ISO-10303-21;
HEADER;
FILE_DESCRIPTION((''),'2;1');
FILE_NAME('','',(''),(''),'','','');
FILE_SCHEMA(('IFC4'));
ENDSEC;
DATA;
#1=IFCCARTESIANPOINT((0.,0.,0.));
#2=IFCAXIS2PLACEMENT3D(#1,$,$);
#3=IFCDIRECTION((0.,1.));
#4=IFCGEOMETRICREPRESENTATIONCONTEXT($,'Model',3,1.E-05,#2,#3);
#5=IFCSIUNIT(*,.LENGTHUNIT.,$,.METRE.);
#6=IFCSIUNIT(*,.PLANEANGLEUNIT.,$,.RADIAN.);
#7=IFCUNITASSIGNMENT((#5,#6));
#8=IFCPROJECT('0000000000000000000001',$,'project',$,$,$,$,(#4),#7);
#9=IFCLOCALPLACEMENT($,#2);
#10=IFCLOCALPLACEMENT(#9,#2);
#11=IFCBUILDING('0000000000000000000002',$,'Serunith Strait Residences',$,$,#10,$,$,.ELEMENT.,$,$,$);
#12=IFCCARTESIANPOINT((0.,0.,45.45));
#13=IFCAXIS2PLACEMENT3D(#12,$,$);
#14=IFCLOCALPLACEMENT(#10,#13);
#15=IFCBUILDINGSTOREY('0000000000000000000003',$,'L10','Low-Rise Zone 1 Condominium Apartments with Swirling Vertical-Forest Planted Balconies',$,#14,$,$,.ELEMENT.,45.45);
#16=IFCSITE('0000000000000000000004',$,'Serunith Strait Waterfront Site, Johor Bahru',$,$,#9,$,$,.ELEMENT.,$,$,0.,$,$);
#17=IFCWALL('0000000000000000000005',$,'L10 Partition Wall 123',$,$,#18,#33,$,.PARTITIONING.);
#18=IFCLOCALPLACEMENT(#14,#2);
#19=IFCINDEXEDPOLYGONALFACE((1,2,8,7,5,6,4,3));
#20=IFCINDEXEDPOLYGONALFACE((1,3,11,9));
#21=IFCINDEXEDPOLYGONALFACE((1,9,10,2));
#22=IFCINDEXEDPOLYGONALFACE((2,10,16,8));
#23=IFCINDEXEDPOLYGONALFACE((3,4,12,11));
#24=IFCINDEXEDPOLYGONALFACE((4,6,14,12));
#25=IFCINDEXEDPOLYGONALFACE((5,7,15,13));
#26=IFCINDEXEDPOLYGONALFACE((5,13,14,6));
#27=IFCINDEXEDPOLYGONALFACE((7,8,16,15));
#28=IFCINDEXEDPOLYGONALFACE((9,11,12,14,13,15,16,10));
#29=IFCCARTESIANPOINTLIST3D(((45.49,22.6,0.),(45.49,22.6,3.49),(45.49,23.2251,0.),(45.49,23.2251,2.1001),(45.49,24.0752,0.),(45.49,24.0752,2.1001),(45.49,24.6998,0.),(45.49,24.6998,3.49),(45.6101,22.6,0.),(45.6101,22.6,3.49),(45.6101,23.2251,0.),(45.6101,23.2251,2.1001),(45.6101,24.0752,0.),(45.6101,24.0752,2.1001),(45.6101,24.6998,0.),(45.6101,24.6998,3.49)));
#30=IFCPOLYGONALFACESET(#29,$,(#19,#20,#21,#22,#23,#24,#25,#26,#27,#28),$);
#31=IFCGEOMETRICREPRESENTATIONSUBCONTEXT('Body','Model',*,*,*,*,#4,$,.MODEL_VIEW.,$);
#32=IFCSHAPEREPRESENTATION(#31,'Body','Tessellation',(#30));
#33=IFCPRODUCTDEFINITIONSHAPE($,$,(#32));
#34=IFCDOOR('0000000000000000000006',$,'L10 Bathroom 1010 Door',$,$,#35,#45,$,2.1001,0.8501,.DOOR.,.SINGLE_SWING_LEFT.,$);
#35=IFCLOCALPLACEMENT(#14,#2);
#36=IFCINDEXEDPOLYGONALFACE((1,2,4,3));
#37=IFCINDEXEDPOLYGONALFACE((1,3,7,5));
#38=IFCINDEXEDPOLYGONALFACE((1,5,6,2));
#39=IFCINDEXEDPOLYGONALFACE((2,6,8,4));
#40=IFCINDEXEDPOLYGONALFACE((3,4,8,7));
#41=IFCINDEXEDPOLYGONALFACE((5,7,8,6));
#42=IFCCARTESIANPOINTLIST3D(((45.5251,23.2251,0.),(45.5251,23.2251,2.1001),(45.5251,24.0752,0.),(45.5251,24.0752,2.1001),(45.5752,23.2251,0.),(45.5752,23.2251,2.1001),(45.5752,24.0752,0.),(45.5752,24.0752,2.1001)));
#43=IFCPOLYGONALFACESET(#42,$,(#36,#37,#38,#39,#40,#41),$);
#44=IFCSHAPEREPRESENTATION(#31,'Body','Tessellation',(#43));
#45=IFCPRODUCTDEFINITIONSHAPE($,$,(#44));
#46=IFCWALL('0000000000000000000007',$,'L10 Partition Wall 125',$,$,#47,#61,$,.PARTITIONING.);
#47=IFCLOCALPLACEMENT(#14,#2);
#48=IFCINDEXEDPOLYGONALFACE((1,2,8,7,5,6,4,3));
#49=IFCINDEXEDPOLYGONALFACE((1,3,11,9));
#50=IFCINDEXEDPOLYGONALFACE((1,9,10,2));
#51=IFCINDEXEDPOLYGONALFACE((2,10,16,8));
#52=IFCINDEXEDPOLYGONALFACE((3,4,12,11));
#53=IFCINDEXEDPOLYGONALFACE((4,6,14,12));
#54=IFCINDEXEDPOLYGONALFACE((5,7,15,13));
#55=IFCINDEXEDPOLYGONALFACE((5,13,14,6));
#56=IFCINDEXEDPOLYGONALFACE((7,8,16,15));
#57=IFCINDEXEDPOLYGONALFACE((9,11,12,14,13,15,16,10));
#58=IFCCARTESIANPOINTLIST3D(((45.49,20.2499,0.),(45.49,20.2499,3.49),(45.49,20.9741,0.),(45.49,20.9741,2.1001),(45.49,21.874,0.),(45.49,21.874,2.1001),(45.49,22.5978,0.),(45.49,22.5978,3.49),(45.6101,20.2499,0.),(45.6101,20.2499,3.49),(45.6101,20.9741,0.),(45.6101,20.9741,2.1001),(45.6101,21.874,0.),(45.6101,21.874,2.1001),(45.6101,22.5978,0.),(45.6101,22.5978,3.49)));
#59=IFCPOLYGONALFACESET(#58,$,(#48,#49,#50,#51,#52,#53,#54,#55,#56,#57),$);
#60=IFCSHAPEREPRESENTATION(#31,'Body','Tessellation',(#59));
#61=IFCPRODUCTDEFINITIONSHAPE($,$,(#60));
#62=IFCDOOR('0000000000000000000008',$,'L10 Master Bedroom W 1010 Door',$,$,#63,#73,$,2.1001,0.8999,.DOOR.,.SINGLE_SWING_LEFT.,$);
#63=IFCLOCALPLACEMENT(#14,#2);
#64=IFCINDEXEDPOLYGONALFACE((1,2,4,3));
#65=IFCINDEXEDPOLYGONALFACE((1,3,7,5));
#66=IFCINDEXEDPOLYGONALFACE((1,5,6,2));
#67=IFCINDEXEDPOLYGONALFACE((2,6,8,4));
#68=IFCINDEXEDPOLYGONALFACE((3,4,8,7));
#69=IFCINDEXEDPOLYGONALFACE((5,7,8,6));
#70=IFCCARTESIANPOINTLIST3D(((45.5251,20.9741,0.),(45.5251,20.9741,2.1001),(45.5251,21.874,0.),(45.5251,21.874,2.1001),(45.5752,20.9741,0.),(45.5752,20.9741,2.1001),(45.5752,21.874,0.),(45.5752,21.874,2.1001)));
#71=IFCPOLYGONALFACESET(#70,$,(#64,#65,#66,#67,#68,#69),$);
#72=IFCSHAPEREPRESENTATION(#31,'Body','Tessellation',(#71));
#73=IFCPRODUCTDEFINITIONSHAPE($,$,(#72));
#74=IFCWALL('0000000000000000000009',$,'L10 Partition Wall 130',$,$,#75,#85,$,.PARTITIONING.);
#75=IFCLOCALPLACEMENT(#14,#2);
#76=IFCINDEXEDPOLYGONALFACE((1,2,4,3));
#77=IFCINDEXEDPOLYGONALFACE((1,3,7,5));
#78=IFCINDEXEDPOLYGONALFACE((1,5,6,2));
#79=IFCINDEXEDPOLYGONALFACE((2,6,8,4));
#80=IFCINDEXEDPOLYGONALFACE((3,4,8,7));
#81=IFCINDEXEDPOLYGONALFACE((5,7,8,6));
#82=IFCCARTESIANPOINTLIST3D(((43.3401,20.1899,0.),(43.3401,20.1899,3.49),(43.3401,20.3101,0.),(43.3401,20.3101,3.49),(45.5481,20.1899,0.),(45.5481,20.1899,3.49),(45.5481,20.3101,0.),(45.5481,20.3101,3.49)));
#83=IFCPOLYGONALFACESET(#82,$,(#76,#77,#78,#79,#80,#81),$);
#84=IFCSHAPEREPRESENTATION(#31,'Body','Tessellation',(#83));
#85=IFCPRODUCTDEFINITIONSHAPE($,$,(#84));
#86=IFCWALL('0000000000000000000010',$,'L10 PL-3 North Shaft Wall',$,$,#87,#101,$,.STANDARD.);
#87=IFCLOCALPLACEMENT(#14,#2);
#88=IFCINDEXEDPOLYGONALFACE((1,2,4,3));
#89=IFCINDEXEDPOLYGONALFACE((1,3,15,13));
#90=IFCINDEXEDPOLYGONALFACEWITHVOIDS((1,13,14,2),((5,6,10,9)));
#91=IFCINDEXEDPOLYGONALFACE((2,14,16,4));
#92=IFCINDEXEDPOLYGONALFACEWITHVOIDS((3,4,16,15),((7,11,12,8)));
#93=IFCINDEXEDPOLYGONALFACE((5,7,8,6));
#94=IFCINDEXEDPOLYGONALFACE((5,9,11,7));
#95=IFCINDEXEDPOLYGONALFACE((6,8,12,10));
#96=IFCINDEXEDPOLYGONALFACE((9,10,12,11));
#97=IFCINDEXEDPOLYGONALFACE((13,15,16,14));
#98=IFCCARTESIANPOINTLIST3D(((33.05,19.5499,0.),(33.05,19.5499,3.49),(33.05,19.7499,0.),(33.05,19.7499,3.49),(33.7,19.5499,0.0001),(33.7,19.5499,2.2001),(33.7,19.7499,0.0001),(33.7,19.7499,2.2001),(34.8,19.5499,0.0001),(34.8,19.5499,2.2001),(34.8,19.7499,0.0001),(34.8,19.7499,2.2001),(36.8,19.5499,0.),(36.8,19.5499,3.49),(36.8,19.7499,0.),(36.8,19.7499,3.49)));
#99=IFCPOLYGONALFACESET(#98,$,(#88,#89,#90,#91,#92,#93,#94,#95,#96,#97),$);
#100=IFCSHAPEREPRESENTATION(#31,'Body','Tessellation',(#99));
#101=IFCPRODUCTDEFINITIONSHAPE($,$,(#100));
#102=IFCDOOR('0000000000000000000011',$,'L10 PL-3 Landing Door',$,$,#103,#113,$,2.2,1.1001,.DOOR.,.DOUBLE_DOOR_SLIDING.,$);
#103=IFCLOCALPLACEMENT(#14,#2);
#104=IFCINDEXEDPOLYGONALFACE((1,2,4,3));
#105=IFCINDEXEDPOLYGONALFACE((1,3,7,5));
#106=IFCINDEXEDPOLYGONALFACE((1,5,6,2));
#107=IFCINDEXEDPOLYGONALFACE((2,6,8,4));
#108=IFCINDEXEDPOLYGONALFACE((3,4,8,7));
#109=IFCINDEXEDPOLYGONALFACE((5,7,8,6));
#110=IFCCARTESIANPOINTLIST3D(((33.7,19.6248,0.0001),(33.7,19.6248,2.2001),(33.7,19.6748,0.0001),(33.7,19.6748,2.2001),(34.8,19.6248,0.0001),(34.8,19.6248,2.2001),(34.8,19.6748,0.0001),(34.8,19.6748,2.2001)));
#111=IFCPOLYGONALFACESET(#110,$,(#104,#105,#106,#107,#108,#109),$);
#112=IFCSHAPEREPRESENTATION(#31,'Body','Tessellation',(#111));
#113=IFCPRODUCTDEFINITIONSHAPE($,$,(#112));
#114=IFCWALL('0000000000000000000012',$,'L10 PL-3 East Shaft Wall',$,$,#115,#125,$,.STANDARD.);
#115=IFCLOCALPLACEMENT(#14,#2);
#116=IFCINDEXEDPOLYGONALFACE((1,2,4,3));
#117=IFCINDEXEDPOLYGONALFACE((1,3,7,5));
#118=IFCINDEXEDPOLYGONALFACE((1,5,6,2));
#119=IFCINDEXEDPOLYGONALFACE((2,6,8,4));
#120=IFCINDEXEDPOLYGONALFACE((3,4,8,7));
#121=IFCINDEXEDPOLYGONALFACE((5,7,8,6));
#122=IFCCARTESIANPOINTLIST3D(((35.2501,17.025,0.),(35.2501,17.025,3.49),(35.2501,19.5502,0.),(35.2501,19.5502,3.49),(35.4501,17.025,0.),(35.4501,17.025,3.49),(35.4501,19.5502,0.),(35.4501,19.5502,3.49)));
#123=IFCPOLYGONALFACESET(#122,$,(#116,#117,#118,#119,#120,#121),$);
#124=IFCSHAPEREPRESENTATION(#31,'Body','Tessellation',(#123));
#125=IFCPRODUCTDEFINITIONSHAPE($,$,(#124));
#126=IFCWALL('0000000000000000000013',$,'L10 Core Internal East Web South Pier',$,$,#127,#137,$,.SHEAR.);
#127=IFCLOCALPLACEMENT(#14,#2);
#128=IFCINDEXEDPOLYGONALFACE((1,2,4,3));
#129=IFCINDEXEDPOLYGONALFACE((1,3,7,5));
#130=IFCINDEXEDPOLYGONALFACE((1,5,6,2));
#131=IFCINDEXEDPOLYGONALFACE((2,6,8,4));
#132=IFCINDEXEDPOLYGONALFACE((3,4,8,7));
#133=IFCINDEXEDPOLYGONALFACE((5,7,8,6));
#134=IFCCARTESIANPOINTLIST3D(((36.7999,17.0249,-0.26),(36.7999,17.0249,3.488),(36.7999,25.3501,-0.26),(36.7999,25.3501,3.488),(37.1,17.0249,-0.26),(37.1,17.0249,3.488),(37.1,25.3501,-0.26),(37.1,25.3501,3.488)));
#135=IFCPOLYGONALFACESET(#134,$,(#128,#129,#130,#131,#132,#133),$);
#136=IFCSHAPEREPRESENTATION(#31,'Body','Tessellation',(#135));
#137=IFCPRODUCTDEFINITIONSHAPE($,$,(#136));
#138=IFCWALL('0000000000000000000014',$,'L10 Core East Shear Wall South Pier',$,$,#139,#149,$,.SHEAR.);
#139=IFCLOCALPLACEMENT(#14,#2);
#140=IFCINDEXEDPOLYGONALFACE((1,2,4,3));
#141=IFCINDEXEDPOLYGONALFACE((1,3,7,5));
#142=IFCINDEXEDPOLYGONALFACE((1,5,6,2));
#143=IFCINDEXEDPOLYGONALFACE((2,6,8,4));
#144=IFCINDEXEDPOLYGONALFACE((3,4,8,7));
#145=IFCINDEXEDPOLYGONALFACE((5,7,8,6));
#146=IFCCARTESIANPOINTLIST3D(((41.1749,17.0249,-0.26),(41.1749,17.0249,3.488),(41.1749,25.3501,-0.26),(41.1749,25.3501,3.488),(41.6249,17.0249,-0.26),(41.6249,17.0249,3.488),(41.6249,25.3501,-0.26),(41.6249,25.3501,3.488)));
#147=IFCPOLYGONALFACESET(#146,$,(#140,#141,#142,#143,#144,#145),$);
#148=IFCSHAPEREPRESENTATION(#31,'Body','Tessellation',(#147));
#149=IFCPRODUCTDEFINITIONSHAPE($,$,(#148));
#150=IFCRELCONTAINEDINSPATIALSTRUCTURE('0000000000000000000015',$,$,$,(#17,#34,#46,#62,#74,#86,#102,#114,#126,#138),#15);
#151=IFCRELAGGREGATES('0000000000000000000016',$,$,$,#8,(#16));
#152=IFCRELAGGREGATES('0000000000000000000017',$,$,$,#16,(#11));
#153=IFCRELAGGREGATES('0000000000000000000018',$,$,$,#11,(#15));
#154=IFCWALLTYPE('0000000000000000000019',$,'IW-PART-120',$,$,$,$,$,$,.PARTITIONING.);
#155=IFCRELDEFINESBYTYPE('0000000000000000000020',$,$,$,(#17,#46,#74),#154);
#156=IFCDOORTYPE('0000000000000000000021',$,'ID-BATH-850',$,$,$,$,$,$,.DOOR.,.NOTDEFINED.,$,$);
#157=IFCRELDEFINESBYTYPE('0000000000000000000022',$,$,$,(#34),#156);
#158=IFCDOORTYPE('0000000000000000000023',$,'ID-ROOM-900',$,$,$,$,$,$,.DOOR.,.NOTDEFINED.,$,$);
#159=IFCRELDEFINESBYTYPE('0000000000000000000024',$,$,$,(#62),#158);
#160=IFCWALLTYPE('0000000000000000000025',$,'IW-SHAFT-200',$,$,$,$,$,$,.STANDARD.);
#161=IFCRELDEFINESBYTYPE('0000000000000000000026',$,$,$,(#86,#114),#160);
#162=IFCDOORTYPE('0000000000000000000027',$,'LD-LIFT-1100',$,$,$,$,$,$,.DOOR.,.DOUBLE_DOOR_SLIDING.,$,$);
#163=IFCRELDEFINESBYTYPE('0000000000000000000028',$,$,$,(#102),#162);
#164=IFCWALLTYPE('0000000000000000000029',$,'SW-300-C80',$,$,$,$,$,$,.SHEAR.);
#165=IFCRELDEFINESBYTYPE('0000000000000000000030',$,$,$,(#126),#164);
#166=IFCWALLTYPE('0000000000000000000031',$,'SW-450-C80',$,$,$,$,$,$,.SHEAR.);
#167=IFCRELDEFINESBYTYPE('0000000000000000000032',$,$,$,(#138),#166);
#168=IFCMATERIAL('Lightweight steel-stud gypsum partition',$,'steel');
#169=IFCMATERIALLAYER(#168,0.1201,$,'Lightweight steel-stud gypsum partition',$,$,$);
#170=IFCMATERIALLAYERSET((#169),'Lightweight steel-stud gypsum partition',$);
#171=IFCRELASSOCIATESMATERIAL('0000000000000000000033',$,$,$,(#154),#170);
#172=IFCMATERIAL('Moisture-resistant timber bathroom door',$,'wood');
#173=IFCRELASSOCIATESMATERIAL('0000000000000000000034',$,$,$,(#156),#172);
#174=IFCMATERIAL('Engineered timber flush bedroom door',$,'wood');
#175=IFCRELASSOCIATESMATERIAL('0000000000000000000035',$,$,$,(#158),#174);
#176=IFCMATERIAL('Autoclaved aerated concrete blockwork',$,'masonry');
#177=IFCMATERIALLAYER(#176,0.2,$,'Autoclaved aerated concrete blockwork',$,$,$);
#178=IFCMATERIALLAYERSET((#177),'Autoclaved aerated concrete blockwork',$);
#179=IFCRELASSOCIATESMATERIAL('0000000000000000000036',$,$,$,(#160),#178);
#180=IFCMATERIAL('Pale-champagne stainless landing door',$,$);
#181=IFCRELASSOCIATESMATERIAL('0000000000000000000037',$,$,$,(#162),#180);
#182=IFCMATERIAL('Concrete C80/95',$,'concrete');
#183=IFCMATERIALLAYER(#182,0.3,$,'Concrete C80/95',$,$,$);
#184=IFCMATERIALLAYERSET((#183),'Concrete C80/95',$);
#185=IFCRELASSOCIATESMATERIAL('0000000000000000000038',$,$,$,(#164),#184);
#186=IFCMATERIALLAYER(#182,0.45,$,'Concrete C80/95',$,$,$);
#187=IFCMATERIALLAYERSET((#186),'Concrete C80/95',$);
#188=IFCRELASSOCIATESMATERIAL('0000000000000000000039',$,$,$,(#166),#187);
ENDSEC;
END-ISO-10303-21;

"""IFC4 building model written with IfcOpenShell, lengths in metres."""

from ifc_helpers import new_model, si_unit, direction, frame, frame_2d, origin, place, context, subcontext, project, spatial, rectangle, extrude, source, transform, mapped, material, layer, layer_set, type_object, element, fill, save


model = new_model("IFC4")

# Units and contexts
model_context = context("Model", 3, precision=1e-05, world=origin(), true_north=direction((0.0, 1.0)))
body_context = subcontext(model_context, "Body", "Model", "MODEL_VIEW")
ifc_project = project(units=[si_unit("LENGTHUNIT", "METRE"), si_unit("PLANEANGLEUNIT", "RADIAN")], contexts=[model_context])

# Site, building, storey
site_placement = place(None, origin())
site = spatial("IfcSite", under=ifc_project, at=site_placement, Name="Serunith Strait Waterfront Site, Johor Bahru", CompositionType="ELEMENT", RefElevation=0.0)
building_placement = place(site_placement, origin())
building = spatial("IfcBuilding", under=site, at=building_placement, Name="Serunith Strait Residences", CompositionType="ELEMENT")
storey_placement = place(building_placement, frame((0.0, 0.0, 45.45)))
storey = spatial("IfcBuildingStorey", under=building, at=storey_placement, Name="L10", Description="Low-Rise Zone 1 Condominium Apartments with Swirling Vertical-Forest Planted Balconies", CompositionType="ELEMENT", Elevation=45.45)

# Walls, openings, doors
ifc_material_1 = material(Name="Lightweight steel-stud gypsum partition", Category="steel")
ifc_layer_1 = layer(ifc_material_1, 0.1201, Name="Lightweight steel-stud gypsum partition")
ifc_layer_set_1 = layer_set([ifc_layer_1], Name="Lightweight steel-stud gypsum partition")
wall_type_1 = type_object("IfcWallType", Name="IW-PART-120", PredefinedType="PARTITIONING", material=ifc_layer_set_1)
wall_1_placement = place(storey_placement, frame((45.55, 22.6001, 0.0), z_axis=(0.0, 0.0, 1.0), x_axis=(0.0, 1.0, 0.0)))
wall_1 = element("IfcWall", 1, at=wall_1_placement, inside=storey, type_object=wall_type_1, Name="L10 Partition Wall 123", PredefinedType="PARTITIONING", context=body_context, shape_type="SweptSolid", body=[
    extrude(rectangle(XDim=2.0999, YDim=0.1201, at=frame_2d((1.0498, 0.0))), origin(), (0.0, 0.0, 1.0), 3.49),
])
opening_1_placement = place(wall_1_placement, frame((0.625, 0.0, 0.0)))
opening_1 = element("IfcOpeningElement", 2, at=opening_1_placement, cuts=wall_1, PredefinedType="OPENING", context=body_context, shape_type="SweptSolid", body=[
    extrude(rectangle(XDim=0.8501, YDim=2.1001, at=frame_2d((0.425, 1.05))), frame((0.0, 0.0701, 0.0), z_axis=(0.0, -1.0, 0.0), x_axis=(1.0, 0.0, 0.0)), (0.0, 0.0, 1.0), 0.1401),
])
ifc_material_2 = material(Name="Moisture-resistant timber bathroom door", Category="wood")
door_type_1 = type_object("IfcDoorType", Name="ID-BATH-850", OperationType="NOTDEFINED", PredefinedType="DOOR", material=ifc_material_2)
shared_shape_1 = source(origin(), body_context, "Body", "SweptSolid", [
    extrude(rectangle(XDim=0.8501, YDim=2.1001, at=frame_2d((0.425, 1.05))), frame((0.0, 0.0249, 0.0), z_axis=(0.0, -1.0, 0.0), x_axis=(1.0, 0.0, 0.0)), (0.0, 0.0, 1.0), 0.05),
])
door_1_placement = place(opening_1_placement, origin())
door_1 = element("IfcDoor", 3, at=door_1_placement, inside=storey, type_object=door_type_1, Name="L10 Bathroom 1010 Door", OperationType="SINGLE_SWING_LEFT", OverallHeight=2.1001, OverallWidth=0.8501, PredefinedType="DOOR", context=body_context, shape_type="MappedRepresentation", body=[
    mapped(shared_shape_1, transform((0.0, 0.0, 0.0), scale=1.0)),
])
fill(opening_1, door_1)
wall_2_placement = place(storey_placement, frame((45.55, 20.25, 0.0), z_axis=(0.0, 0.0, 1.0), x_axis=(0.0, 1.0, 0.0)))
wall_2 = element("IfcWall", 4, at=wall_2_placement, inside=storey, type_object=wall_type_1, Name="L10 Partition Wall 125", PredefinedType="PARTITIONING", context=body_context, shape_type="SweptSolid", body=[
    extrude(rectangle(XDim=2.3479, YDim=0.1201, at=frame_2d((1.1738, 0.0))), origin(), (0.0, 0.0, 1.0), 3.49),
])
opening_2_placement = place(wall_2_placement, frame((0.7241, 0.0, 0.0)))
opening_2 = element("IfcOpeningElement", 5, at=opening_2_placement, cuts=wall_2, PredefinedType="OPENING", context=body_context, shape_type="SweptSolid", body=[
    extrude(rectangle(XDim=0.8999, YDim=2.1001, at=frame_2d((0.45, 1.05))), frame((0.0, 0.0701, 0.0), z_axis=(0.0, -1.0, 0.0), x_axis=(1.0, 0.0, 0.0)), (0.0, 0.0, 1.0), 0.1401),
])
ifc_material_3 = material(Name="Engineered timber flush bedroom door", Category="wood")
door_type_2 = type_object("IfcDoorType", Name="ID-ROOM-900", OperationType="NOTDEFINED", PredefinedType="DOOR", material=ifc_material_3)
shared_shape_2 = source(origin(), body_context, "Body", "SweptSolid", [
    extrude(rectangle(XDim=0.8999, YDim=2.1001, at=frame_2d((0.45, 1.05))), frame((0.0, 0.0249, 0.0), z_axis=(0.0, -1.0, 0.0), x_axis=(1.0, 0.0, 0.0)), (0.0, 0.0, 1.0), 0.05),
])
door_2_placement = place(opening_2_placement, origin())
door_2 = element("IfcDoor", 6, at=door_2_placement, inside=storey, type_object=door_type_2, Name="L10 Master Bedroom W 1010 Door", OperationType="SINGLE_SWING_LEFT", OverallHeight=2.1001, OverallWidth=0.8999, PredefinedType="DOOR", context=body_context, shape_type="MappedRepresentation", body=[
    mapped(shared_shape_2, transform((0.0, 0.0, 0.0), scale=1.0)),
])
fill(opening_2, door_2)

# Wall
wall_3_placement = place(storey_placement, frame((45.5481, 20.25, 0.0), z_axis=(0.0, 0.0, 1.0), x_axis=(-1.0, 0.0, 0.0)))
element("IfcWall", 7, at=wall_3_placement, inside=storey, type_object=wall_type_1, Name="L10 Partition Wall 130", PredefinedType="PARTITIONING", context=body_context, shape_type="SweptSolid", body=[
    extrude(rectangle(XDim=2.208, YDim=0.1201, at=frame_2d((1.104, 0.0))), origin(), (0.0, 0.0, 1.0), 3.49),
])

# Wall, opening, door
ifc_material_4 = material(Name="Autoclaved aerated concrete blockwork", Category="masonry")
ifc_layer_2 = layer(ifc_material_4, 0.2, Name="Autoclaved aerated concrete blockwork")
ifc_layer_set_2 = layer_set([ifc_layer_2], Name="Autoclaved aerated concrete blockwork")
wall_type_2 = type_object("IfcWallType", Name="IW-SHAFT-200", PredefinedType="STANDARD", material=ifc_layer_set_2)
wall_4_placement = place(storey_placement, frame((33.05, 19.6499, 0.0), z_axis=(0.0, 0.0, 1.0), x_axis=(1.0, 0.0, 0.0)))
wall_4 = element("IfcWall", 8, at=wall_4_placement, inside=storey, type_object=wall_type_2, Name="L10 PL-3 North Shaft Wall", PredefinedType="STANDARD", context=body_context, shape_type="SweptSolid", body=[
    extrude(rectangle(XDim=3.75, YDim=0.2, at=frame_2d((1.875, 0.0))), origin(), (0.0, 0.0, 1.0), 3.49),
])
opening_3_placement = place(wall_4_placement, frame((0.6499, 0.0, 0.0)))
opening_3 = element("IfcOpeningElement", 9, at=opening_3_placement, cuts=wall_4, PredefinedType="OPENING", context=body_context, shape_type="SweptSolid", body=[
    extrude(rectangle(XDim=1.1001, YDim=2.2, at=frame_2d((0.55, 1.1001))), frame((0.0, 0.1099, 0.0), z_axis=(0.0, -1.0, 0.0), x_axis=(1.0, 0.0, 0.0)), (0.0, 0.0, 1.0), 0.22),
])
ifc_material_5 = material(Name="Pale-champagne stainless landing door")
door_type_3 = type_object("IfcDoorType", Name="LD-LIFT-1100", OperationType="DOUBLE_DOOR_SLIDING", PredefinedType="DOOR", material=ifc_material_5)
shared_shape_3 = source(origin(), body_context, "Body", "SweptSolid", [
    extrude(rectangle(XDim=1.1001, YDim=2.2, at=frame_2d((0.55, 1.1001))), frame((0.0, 0.0249, 0.0), z_axis=(0.0, -1.0, 0.0), x_axis=(1.0, 0.0, 0.0)), (0.0, 0.0, 1.0), 0.05),
])
door_3_placement = place(opening_3_placement, origin())
door_3 = element("IfcDoor", 10, at=door_3_placement, inside=storey, type_object=door_type_3, Name="L10 PL-3 Landing Door", OperationType="DOUBLE_DOOR_SLIDING", OverallHeight=2.2, OverallWidth=1.1001, PredefinedType="DOOR", context=body_context, shape_type="MappedRepresentation", body=[
    mapped(shared_shape_3, transform((0.0, 0.0, 0.0), scale=1.0)),
])
fill(opening_3, door_3)

# Walls
wall_5_placement = place(storey_placement, frame((35.3501, 17.0249, 0.0), z_axis=(0.0, 0.0, 1.0), x_axis=(0.0, 1.0, 0.0)))
element("IfcWall", 11, at=wall_5_placement, inside=storey, type_object=wall_type_2, Name="L10 PL-3 East Shaft Wall", PredefinedType="STANDARD", context=body_context, shape_type="SweptSolid", body=[
    extrude(rectangle(XDim=2.5251, YDim=0.2, at=frame_2d((1.2627, 0.0))), origin(), (0.0, 0.0, 1.0), 3.49),
])
ifc_material_6 = material(Name="Concrete C80/95", Category="concrete")
ifc_layer_3 = layer(ifc_material_6, 0.3, Name="Concrete C80/95")
ifc_layer_set_3 = layer_set([ifc_layer_3], Name="Concrete C80/95")
wall_type_3 = type_object("IfcWallType", Name="SW-300-C80", PredefinedType="SHEAR", material=ifc_layer_set_3)
wall_6_placement = place(storey_placement, frame((36.95, 17.0249, -0.26), z_axis=(0.0, 0.0, 1.0), x_axis=(0.0, 1.0, 0.0)))
element("IfcWall", 12, at=wall_6_placement, inside=storey, type_object=wall_type_3, Name="L10 Core Internal East Web South Pier", PredefinedType="SHEAR", context=body_context, shape_type="SweptSolid", body=[
    extrude(rectangle(XDim=8.3252, YDim=0.3, at=frame_2d((4.1626, 0.0))), origin(), (0.0, 0.0, 1.0), 3.748),
])
ifc_layer_4 = layer(ifc_material_6, 0.45, Name="Concrete C80/95")
ifc_layer_set_4 = layer_set([ifc_layer_4], Name="Concrete C80/95")
wall_type_4 = type_object("IfcWallType", Name="SW-450-C80", PredefinedType="SHEAR", material=ifc_layer_set_4)
wall_7_placement = place(storey_placement, frame((41.3999, 17.0249, -0.26), z_axis=(0.0, 0.0, 1.0), x_axis=(0.0, 1.0, 0.0)))
element("IfcWall", 13, at=wall_7_placement, inside=storey, type_object=wall_type_4, Name="L10 Core East Shear Wall South Pier", PredefinedType="SHEAR", context=body_context, shape_type="SweptSolid", body=[
    extrude(rectangle(XDim=8.3252, YDim=0.45, at=frame_2d((4.1626, 0.0))), origin(), (0.0, 0.0, 1.0), 3.748),
])

save(model, "model.ifc")
